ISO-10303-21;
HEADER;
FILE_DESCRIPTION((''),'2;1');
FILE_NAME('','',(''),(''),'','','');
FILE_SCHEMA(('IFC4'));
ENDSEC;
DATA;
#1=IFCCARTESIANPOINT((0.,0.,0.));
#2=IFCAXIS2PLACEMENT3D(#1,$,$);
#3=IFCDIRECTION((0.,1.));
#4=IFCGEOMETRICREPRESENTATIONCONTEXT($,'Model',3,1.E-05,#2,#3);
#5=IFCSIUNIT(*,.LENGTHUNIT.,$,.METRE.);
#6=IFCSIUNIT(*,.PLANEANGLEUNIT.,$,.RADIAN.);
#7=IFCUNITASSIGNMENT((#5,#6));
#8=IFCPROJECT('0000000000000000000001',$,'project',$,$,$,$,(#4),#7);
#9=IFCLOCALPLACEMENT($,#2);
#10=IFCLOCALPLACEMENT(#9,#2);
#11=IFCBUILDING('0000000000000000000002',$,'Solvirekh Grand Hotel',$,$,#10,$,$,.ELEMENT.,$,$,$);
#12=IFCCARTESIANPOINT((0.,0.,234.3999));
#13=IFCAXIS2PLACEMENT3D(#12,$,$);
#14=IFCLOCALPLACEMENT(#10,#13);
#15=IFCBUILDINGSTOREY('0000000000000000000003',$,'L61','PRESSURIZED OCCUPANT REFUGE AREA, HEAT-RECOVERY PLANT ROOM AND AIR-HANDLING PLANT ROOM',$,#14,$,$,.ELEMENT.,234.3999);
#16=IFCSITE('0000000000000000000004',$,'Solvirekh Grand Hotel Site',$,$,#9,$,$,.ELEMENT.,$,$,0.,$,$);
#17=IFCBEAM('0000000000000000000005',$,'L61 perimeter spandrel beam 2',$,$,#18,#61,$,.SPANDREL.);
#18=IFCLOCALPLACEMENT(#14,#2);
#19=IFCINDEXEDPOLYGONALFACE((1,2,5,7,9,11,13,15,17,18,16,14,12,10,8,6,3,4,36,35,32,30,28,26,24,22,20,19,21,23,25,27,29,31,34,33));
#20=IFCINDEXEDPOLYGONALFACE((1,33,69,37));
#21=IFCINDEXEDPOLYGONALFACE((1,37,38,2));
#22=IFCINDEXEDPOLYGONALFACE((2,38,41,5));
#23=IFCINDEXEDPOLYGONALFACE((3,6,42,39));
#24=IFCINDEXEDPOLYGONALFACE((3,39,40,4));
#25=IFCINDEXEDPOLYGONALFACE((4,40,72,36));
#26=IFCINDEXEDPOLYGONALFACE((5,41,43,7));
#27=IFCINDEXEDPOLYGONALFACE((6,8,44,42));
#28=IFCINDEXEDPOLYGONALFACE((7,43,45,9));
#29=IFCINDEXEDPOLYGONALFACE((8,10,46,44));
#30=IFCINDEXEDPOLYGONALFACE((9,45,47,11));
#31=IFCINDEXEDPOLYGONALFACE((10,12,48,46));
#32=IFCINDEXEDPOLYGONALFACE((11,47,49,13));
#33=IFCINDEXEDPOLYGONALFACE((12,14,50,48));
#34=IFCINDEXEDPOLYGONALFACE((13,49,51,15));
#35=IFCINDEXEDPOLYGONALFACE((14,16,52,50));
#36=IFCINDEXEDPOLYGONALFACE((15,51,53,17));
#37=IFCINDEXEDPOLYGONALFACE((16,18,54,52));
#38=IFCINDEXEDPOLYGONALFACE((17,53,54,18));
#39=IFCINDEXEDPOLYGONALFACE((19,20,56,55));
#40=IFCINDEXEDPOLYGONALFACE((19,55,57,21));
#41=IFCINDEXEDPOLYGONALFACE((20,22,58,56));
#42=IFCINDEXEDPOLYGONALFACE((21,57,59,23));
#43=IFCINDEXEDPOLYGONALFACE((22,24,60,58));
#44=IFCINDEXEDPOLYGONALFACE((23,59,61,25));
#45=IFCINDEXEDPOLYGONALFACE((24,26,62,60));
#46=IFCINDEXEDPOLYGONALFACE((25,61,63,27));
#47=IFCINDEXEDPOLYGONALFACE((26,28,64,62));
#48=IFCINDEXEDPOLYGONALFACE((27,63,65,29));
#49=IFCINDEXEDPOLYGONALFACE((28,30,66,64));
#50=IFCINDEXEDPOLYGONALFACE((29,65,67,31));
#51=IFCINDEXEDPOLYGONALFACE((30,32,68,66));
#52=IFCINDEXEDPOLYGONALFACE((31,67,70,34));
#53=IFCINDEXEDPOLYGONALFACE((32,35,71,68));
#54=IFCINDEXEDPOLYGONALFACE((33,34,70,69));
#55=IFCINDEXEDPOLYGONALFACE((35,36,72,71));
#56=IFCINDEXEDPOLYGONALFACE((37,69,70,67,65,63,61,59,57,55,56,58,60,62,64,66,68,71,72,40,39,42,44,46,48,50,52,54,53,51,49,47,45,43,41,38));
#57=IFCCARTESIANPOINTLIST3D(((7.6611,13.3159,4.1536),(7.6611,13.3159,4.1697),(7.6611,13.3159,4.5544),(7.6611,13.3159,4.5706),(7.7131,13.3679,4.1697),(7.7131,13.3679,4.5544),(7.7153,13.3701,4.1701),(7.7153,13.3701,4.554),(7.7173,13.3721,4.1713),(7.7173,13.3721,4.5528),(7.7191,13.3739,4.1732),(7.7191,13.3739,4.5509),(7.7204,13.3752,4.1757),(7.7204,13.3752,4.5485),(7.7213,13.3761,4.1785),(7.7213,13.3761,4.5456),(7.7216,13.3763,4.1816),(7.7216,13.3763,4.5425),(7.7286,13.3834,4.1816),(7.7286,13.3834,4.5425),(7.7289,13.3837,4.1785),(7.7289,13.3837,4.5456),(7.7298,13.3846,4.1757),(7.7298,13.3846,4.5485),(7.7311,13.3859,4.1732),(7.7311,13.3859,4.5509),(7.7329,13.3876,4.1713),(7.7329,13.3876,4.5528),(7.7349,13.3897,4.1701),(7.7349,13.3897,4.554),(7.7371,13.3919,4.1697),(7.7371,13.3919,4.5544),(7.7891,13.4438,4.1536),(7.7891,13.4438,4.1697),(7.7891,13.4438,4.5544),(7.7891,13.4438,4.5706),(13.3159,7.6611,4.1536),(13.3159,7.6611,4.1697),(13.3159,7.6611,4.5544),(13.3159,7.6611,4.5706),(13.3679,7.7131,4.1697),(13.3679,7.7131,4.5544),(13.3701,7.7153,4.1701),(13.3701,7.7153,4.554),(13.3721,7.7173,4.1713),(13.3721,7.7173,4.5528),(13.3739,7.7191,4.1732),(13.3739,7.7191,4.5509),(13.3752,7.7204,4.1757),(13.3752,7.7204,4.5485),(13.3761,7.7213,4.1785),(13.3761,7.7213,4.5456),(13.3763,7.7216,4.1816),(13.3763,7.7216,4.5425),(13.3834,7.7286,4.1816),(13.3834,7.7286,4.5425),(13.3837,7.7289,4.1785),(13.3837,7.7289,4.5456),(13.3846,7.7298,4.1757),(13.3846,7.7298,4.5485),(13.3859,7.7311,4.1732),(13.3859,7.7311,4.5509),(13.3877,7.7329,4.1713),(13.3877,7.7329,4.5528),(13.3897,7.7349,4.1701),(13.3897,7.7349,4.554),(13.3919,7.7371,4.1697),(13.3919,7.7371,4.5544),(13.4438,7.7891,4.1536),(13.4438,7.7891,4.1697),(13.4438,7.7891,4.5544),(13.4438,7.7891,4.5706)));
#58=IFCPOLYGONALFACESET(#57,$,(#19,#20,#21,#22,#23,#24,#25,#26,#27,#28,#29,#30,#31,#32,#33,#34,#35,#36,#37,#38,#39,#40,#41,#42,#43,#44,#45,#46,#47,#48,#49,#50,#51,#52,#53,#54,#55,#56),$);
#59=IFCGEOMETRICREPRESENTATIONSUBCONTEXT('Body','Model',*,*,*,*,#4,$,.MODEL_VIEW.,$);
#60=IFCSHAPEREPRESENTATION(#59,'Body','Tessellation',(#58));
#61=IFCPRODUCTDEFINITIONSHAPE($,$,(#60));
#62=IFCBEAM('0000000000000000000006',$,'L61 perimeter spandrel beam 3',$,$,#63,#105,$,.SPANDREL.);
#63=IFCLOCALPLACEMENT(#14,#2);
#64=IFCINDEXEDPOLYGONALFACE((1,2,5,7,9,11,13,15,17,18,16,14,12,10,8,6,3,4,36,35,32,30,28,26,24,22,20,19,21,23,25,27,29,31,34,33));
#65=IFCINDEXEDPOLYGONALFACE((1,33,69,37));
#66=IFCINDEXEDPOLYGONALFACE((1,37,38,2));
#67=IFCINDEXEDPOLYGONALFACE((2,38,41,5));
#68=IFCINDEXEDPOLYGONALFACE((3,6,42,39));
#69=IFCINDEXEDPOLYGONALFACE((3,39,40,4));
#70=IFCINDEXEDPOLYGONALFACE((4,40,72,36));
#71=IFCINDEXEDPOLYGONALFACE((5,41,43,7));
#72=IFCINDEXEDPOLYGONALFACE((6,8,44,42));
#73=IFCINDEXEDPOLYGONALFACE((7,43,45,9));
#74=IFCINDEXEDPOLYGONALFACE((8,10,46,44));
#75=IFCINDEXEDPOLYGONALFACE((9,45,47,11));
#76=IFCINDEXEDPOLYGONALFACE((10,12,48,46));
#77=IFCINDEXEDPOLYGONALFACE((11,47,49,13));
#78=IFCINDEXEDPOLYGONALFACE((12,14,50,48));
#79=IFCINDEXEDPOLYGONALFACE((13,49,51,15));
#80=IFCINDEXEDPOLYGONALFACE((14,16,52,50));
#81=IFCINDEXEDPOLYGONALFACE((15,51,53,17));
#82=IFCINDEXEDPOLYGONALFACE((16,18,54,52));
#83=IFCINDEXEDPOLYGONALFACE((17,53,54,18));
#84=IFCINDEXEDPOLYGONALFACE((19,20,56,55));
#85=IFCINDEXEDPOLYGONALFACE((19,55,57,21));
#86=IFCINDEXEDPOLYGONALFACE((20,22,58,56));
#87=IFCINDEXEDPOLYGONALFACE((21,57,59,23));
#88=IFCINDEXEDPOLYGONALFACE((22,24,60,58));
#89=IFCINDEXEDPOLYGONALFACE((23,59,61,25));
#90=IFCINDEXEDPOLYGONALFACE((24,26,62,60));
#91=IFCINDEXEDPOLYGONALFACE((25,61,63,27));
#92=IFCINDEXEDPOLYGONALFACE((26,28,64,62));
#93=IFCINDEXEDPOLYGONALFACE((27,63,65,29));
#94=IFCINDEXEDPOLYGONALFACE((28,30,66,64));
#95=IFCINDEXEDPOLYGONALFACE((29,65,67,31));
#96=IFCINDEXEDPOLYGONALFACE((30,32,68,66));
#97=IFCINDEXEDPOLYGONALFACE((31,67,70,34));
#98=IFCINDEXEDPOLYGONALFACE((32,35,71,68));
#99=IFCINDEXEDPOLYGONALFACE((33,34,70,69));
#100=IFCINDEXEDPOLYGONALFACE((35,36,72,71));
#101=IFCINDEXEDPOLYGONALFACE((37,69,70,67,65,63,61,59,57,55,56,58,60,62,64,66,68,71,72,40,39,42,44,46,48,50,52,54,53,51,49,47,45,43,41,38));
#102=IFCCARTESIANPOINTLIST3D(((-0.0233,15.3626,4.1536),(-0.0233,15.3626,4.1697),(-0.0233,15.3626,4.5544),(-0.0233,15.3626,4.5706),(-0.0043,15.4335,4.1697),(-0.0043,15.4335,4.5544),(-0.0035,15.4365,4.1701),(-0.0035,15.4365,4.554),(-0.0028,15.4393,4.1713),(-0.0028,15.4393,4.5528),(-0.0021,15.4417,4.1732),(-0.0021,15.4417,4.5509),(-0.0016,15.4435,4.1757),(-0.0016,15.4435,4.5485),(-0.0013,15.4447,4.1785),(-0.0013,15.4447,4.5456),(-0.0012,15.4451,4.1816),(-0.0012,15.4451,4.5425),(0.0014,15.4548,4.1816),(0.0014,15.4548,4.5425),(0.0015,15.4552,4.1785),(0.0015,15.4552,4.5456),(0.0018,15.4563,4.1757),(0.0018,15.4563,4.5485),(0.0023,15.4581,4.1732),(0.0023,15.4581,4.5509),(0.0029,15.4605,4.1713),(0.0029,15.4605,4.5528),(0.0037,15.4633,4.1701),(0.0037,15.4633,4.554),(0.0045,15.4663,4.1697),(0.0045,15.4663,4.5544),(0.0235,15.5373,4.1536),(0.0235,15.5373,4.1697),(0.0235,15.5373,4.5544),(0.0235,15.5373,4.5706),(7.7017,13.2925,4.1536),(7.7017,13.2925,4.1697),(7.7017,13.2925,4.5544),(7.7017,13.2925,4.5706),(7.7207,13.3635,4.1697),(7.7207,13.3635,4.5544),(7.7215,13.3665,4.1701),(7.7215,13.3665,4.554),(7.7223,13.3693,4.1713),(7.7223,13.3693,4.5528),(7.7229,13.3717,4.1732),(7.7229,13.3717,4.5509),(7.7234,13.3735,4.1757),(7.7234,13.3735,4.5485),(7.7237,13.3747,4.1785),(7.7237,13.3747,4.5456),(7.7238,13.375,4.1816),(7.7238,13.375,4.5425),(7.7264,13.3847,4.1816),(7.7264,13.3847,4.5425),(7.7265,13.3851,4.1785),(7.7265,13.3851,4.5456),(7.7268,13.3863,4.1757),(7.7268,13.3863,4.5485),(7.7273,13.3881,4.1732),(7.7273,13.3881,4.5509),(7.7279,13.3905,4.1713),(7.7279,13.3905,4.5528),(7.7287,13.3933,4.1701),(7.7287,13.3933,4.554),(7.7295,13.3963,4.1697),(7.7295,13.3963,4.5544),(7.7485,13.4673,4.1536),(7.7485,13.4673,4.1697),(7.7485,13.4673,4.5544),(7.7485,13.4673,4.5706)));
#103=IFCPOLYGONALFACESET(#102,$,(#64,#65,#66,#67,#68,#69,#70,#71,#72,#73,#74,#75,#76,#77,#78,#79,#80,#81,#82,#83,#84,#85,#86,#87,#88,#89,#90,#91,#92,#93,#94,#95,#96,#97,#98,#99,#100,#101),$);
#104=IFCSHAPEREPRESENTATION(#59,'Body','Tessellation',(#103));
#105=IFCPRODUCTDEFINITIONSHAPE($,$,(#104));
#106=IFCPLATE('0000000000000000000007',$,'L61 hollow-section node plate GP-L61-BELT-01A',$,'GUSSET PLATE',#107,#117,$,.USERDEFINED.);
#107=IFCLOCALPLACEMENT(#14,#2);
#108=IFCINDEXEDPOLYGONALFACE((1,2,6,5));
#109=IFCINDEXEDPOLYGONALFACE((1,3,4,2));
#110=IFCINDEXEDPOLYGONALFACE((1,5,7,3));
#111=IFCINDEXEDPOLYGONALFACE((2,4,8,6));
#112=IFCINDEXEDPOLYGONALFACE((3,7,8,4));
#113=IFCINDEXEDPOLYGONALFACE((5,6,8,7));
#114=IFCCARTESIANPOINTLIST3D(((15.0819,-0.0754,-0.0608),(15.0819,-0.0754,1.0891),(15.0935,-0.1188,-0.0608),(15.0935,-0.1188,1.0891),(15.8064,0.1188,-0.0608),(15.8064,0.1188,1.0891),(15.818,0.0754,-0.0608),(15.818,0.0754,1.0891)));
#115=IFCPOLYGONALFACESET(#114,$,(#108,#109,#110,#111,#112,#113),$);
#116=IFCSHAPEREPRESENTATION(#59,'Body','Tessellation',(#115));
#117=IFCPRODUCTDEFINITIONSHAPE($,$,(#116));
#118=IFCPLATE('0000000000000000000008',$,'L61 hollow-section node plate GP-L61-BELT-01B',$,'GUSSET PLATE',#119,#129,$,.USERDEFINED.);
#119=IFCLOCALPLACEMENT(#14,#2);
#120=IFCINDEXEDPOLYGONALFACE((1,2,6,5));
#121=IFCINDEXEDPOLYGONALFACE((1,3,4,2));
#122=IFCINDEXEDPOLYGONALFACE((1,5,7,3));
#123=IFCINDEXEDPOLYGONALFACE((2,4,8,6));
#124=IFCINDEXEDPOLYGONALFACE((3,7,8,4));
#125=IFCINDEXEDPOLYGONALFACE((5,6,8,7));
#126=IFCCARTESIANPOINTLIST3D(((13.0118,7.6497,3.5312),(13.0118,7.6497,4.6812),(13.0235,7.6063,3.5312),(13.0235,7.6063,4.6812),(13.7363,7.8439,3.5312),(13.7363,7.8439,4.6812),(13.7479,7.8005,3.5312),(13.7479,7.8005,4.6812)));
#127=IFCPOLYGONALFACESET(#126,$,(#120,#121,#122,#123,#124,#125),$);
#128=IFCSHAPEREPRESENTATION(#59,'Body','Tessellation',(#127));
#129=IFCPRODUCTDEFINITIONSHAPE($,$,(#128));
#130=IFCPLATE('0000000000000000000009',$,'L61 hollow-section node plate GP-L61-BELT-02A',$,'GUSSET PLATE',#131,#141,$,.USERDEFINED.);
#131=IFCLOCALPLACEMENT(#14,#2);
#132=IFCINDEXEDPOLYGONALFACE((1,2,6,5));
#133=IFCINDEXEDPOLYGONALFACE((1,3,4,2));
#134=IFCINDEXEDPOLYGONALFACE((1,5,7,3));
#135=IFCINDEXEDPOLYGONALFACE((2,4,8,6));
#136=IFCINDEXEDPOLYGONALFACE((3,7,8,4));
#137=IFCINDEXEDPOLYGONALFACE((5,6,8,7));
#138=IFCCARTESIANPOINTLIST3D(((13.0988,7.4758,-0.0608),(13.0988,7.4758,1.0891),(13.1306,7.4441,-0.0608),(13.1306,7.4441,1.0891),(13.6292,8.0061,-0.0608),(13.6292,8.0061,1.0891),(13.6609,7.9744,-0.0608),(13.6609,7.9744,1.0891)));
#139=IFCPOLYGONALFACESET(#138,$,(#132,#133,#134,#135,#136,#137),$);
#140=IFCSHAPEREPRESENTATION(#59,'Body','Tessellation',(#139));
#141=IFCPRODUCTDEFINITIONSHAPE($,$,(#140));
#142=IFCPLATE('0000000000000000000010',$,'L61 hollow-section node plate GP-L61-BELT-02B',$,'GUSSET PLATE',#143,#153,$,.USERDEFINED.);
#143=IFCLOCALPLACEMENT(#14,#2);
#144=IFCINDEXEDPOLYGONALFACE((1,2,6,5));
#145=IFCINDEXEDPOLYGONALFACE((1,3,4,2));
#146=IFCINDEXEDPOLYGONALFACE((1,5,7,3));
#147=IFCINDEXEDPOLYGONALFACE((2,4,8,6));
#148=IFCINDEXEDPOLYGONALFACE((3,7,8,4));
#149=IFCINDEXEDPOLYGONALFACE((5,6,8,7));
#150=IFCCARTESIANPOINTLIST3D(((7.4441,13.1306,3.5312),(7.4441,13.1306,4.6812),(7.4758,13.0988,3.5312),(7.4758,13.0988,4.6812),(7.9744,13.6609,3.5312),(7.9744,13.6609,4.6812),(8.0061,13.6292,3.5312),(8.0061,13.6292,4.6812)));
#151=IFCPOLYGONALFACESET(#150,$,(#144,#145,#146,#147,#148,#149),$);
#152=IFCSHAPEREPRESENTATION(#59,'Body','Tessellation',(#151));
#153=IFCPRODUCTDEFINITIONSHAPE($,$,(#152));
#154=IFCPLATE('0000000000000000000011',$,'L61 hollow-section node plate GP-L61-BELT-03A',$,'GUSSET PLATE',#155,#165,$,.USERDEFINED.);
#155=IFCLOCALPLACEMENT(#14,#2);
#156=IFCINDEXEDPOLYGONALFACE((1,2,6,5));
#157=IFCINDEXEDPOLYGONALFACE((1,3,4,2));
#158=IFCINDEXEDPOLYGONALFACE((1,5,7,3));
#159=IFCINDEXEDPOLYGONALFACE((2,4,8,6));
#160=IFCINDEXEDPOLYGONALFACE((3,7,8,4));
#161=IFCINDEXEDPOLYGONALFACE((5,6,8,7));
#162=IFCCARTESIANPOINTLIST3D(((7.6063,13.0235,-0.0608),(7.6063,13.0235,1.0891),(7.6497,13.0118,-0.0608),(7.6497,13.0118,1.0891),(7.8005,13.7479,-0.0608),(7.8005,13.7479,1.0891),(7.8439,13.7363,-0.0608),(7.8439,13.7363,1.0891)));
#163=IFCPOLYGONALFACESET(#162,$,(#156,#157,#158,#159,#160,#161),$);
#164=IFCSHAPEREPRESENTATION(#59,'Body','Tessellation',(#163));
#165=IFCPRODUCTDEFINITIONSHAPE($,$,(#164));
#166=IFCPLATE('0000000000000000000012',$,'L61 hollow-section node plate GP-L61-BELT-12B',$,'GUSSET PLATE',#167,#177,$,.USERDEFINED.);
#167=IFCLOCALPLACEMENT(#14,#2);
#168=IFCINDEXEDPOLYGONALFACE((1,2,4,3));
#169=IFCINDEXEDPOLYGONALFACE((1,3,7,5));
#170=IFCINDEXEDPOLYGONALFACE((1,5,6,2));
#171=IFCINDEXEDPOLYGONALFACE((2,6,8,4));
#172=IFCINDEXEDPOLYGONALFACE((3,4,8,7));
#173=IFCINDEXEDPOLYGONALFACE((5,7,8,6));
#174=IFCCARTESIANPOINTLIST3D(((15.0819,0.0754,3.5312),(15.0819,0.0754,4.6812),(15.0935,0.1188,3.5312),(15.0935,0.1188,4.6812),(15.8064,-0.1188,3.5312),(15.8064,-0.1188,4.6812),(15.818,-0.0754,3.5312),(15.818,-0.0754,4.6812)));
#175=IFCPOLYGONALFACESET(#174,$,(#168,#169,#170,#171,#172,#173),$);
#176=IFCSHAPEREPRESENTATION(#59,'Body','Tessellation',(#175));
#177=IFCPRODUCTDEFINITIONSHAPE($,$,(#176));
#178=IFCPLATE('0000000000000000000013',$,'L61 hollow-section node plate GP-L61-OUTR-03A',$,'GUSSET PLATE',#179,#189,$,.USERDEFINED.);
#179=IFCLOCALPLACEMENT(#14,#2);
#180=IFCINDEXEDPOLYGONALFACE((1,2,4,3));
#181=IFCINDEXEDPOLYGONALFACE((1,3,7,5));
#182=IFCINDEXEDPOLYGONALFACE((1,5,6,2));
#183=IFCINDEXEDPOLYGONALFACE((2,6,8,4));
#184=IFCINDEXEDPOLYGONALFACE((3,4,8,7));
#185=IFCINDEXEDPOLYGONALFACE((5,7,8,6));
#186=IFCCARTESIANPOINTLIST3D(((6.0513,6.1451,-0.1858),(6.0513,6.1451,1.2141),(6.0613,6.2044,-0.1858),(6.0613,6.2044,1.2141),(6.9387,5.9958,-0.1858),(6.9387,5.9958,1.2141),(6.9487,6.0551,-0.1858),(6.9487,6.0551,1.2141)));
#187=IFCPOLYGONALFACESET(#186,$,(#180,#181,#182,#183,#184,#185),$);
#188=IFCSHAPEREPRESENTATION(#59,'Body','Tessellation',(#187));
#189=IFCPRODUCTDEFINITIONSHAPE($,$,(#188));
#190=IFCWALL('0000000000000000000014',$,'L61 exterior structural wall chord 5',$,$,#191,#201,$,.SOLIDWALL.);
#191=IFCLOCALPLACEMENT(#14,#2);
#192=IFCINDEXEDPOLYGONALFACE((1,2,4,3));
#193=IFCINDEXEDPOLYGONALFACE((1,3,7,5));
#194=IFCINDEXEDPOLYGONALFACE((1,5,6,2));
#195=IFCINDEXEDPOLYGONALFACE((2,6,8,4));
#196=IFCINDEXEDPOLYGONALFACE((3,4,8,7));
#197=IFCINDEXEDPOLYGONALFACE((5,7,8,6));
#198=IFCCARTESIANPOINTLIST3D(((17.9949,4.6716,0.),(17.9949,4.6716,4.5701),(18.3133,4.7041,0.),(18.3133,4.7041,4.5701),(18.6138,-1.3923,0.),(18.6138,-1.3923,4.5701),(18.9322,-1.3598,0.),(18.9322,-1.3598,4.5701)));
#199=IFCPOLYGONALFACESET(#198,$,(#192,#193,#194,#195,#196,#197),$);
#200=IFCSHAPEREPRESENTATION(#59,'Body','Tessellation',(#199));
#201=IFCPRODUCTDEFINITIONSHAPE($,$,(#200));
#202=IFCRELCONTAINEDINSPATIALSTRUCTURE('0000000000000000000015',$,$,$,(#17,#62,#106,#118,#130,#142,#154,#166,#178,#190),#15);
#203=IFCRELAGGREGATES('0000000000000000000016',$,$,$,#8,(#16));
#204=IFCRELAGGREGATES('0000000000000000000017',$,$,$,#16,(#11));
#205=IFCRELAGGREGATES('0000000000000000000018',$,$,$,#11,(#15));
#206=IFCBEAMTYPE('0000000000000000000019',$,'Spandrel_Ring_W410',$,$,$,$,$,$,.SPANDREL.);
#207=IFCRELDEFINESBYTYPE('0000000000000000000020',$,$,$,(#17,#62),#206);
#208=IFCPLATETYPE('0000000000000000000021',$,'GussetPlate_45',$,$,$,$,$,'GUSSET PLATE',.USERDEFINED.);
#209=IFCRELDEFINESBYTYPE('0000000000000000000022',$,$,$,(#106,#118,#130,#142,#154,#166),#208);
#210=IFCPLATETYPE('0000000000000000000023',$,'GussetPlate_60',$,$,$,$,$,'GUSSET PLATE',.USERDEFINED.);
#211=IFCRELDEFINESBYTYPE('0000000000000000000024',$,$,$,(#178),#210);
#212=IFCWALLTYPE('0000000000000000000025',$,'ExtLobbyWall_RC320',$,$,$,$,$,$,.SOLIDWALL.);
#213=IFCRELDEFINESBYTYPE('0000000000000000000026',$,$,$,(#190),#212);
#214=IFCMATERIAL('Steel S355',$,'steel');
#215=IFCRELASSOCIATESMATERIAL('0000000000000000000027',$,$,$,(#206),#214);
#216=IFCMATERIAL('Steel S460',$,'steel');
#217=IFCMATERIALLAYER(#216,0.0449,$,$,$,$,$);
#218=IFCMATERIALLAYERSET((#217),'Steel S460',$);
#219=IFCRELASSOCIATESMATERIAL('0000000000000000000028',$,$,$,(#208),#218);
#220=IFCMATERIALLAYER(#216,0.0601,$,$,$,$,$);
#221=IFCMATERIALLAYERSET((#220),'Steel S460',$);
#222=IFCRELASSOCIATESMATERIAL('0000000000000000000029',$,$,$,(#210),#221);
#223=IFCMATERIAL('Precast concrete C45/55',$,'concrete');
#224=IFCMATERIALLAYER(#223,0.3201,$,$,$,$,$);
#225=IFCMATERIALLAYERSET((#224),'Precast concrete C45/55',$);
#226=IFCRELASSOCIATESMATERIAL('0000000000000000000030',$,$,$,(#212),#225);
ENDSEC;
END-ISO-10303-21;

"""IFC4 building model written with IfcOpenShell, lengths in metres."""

from ifc_helpers import new_model, si_unit, direction, frame, frame_2d, origin, origin_2d, place, context, subcontext, project, spatial, rectangle, i_section, extrude, material, layer, layer_set, material_profile, profile_set, type_object, element, save


model = new_model("IFC4")

# Units and contexts
model_context = context("Model", 3, precision=1e-05, world=origin(), true_north=direction((0.0, 1.0)))
body_context = subcontext(model_context, "Body", "Model", "MODEL_VIEW")
ifc_project = project(units=[si_unit("LENGTHUNIT", "METRE"), si_unit("PLANEANGLEUNIT", "RADIAN")], contexts=[model_context])

# Site, building, storey
site_placement = place(None, origin())
site = spatial("IfcSite", under=ifc_project, at=site_placement, Name="Solvirekh Grand Hotel Site", CompositionType="ELEMENT", RefElevation=0.0)
building_placement = place(site_placement, origin())
building = spatial("IfcBuilding", under=site, at=building_placement, Name="Solvirekh Grand Hotel", CompositionType="ELEMENT")
storey_placement = place(building_placement, frame((0.0, 0.0, 234.3999)))
storey = spatial("IfcBuildingStorey", under=building, at=storey_placement, Name="L61", Description="PRESSURIZED OCCUPANT REFUGE AREA, HEAT-RECOVERY PLANT ROOM AND AIR-HANDLING PLANT ROOM", CompositionType="ELEMENT", Elevation=234.3999)

# Shared definitions
ifc_material_1 = material(Name="Steel S355", Category="steel")

# Beams
ifc_material_profile_1 = material_profile(ifc_material_1, i_section(OverallWidth=0.1809, OverallDepth=0.417, WebThickness=0.01, FlangeThickness=0.0161, FilletRadius=0.012, at=origin_2d()), Name="W410X85")
ifc_profile_set_1 = profile_set([ifc_material_profile_1], Name="Steel S355")
beam_type = type_object("IfcBeamType", Name="Spandrel_Ring_W410", PredefinedType="SPANDREL", material=ifc_profile_set_1)
beam_1_placement = place(storey_placement, frame((13.3799, 7.7251, 4.3621), z_axis=(-0.707107, 0.707107, 0.0), x_axis=(-0.707107, -0.707107, 0.0)))
element("IfcBeam", 1, at=beam_1_placement, inside=storey, type_object=beam_type, Name="L61 perimeter spandrel beam 2", PredefinedType="SPANDREL", context=body_context, shape_type="SweptSolid", body=[
    extrude(i_section(OverallWidth=0.1809, OverallDepth=0.417, WebThickness=0.01, FlangeThickness=0.0161, FilletRadius=0.012, at=origin_2d()), origin(), (0.0, 0.0, 1.0), 7.9971),
])
beam_2_placement = place(storey_placement, frame((7.7251, 13.3799, 4.3621), z_axis=(-0.965922, 0.258835, 0.0), x_axis=(-0.258835, -0.965922, 0.0)))
element("IfcBeam", 2, at=beam_2_placement, inside=storey, type_object=beam_type, Name="L61 perimeter spandrel beam 3", PredefinedType="SPANDREL", context=body_context, shape_type="SweptSolid", body=[
    extrude(i_section(OverallWidth=0.1809, OverallDepth=0.417, WebThickness=0.01, FlangeThickness=0.0161, FilletRadius=0.012, at=origin_2d()), origin(), (0.0, 0.0, 1.0), 7.9976),
])

# Plates
ifc_material_2 = material(Name="Steel S460", Category="steel")
ifc_layer_1 = layer(ifc_material_2, 0.0449)
ifc_layer_set_1 = layer_set([ifc_layer_1], Name="Steel S460")
plate_type_1 = type_object("IfcPlateType", Name="GussetPlate_45", ElementType="GUSSET PLATE", PredefinedType="USERDEFINED", material=ifc_layer_set_1)
for number, where, z_axis, x_axis, name in (
    (3, (15.45, 0.0, -0.0608), (0.0, 0.0, 1.0), (-0.258819, 0.965926, 0.0), "L61 hollow-section node plate GP-L61-BELT-01A"),
    (4, (13.3799, 7.7251, 3.5312), (0.0, 0.0, 1.0), (-0.258819, 0.965926, 0.0), "L61 hollow-section node plate GP-L61-BELT-01B"),
    (5, (13.3799, 7.7251, -0.0608), (0.0, 0.0, 1.0), (-0.707107, 0.707107, 0.0), "L61 hollow-section node plate GP-L61-BELT-02A"),
    (6, (7.7251, 13.3799, 3.5312), (0.0, 0.0, 1.0), (-0.707107, 0.707107, 0.0), "L61 hollow-section node plate GP-L61-BELT-02B"),
    (7, (7.7251, 13.3799, -0.0608), (0.0, 0.0, 1.0), (-0.965926, 0.258819, 0.0), "L61 hollow-section node plate GP-L61-BELT-03A"),
    (8, (15.45, 0.0, 3.5312), (0.0, 0.0, 1.0), (0.258819, 0.965926, 0.0), "L61 hollow-section node plate GP-L61-BELT-12B"),
):
    element("IfcPlate", number, at=place(storey_placement, frame(where, z_axis=z_axis, x_axis=x_axis)), inside=storey, type_object=plate_type_1, Name=name, ObjectType="GUSSET PLATE", PredefinedType="USERDEFINED", context=body_context, shape_type="SweptSolid", body=[
        extrude(rectangle(XDim=0.0449, YDim=0.75, at=origin_2d()), origin(), (0.0, 0.0, 1.0), 1.1499),
    ])
ifc_layer_2 = layer(ifc_material_2, 0.0601)
ifc_layer_set_2 = layer_set([ifc_layer_2], Name="Steel S460")
plate_type_2 = type_object("IfcPlateType", Name="GussetPlate_60", ElementType="GUSSET PLATE", PredefinedType="USERDEFINED", material=ifc_layer_set_2)
plate_placement = place(storey_placement, frame((6.5, 6.1001, -0.1858), z_axis=(0.0, 0.0, 1.0), x_axis=(0.165908, 0.986141, 0.0)))
element("IfcPlate", 9, at=plate_placement, inside=storey, type_object=plate_type_2, Name="L61 hollow-section node plate GP-L61-OUTR-03A", ObjectType="GUSSET PLATE", PredefinedType="USERDEFINED", context=body_context, shape_type="SweptSolid", body=[
    extrude(rectangle(XDim=0.0601, YDim=0.8999, at=origin_2d()), origin(), (0.0, 0.0, 1.0), 1.3999),
])

# Wall
ifc_material_3 = material(Name="Precast concrete C45/55", Category="concrete")
ifc_layer_3 = layer(ifc_material_3, 0.3201)
ifc_layer_set_3 = layer_set([ifc_layer_3], Name="Precast concrete C45/55")
wall_type_1 = type_object("IfcWallType", Name="ExtLobbyWall_RC320", PredefinedType="SOLIDWALL", material=ifc_layer_set_3)
wall_1_placement = place(storey_placement, frame((18.1541, 4.688, 0.0), z_axis=(0.0, 0.0, 1.0), x_axis=(0.101534, -0.994832, 0.0)))
element("IfcWall", 10, at=wall_1_placement, inside=storey, type_object=wall_type_1, Name="L61 exterior structural wall chord 5", PredefinedType="SOLIDWALL", context=body_context, shape_type="SweptSolid", body=[
    extrude(rectangle(XDim=6.0955, YDim=0.3201, at=frame_2d((3.0479, 0.0))), origin(), (0.0, 0.0, 1.0), 4.5701),
])

save(model, "model.ifc")
